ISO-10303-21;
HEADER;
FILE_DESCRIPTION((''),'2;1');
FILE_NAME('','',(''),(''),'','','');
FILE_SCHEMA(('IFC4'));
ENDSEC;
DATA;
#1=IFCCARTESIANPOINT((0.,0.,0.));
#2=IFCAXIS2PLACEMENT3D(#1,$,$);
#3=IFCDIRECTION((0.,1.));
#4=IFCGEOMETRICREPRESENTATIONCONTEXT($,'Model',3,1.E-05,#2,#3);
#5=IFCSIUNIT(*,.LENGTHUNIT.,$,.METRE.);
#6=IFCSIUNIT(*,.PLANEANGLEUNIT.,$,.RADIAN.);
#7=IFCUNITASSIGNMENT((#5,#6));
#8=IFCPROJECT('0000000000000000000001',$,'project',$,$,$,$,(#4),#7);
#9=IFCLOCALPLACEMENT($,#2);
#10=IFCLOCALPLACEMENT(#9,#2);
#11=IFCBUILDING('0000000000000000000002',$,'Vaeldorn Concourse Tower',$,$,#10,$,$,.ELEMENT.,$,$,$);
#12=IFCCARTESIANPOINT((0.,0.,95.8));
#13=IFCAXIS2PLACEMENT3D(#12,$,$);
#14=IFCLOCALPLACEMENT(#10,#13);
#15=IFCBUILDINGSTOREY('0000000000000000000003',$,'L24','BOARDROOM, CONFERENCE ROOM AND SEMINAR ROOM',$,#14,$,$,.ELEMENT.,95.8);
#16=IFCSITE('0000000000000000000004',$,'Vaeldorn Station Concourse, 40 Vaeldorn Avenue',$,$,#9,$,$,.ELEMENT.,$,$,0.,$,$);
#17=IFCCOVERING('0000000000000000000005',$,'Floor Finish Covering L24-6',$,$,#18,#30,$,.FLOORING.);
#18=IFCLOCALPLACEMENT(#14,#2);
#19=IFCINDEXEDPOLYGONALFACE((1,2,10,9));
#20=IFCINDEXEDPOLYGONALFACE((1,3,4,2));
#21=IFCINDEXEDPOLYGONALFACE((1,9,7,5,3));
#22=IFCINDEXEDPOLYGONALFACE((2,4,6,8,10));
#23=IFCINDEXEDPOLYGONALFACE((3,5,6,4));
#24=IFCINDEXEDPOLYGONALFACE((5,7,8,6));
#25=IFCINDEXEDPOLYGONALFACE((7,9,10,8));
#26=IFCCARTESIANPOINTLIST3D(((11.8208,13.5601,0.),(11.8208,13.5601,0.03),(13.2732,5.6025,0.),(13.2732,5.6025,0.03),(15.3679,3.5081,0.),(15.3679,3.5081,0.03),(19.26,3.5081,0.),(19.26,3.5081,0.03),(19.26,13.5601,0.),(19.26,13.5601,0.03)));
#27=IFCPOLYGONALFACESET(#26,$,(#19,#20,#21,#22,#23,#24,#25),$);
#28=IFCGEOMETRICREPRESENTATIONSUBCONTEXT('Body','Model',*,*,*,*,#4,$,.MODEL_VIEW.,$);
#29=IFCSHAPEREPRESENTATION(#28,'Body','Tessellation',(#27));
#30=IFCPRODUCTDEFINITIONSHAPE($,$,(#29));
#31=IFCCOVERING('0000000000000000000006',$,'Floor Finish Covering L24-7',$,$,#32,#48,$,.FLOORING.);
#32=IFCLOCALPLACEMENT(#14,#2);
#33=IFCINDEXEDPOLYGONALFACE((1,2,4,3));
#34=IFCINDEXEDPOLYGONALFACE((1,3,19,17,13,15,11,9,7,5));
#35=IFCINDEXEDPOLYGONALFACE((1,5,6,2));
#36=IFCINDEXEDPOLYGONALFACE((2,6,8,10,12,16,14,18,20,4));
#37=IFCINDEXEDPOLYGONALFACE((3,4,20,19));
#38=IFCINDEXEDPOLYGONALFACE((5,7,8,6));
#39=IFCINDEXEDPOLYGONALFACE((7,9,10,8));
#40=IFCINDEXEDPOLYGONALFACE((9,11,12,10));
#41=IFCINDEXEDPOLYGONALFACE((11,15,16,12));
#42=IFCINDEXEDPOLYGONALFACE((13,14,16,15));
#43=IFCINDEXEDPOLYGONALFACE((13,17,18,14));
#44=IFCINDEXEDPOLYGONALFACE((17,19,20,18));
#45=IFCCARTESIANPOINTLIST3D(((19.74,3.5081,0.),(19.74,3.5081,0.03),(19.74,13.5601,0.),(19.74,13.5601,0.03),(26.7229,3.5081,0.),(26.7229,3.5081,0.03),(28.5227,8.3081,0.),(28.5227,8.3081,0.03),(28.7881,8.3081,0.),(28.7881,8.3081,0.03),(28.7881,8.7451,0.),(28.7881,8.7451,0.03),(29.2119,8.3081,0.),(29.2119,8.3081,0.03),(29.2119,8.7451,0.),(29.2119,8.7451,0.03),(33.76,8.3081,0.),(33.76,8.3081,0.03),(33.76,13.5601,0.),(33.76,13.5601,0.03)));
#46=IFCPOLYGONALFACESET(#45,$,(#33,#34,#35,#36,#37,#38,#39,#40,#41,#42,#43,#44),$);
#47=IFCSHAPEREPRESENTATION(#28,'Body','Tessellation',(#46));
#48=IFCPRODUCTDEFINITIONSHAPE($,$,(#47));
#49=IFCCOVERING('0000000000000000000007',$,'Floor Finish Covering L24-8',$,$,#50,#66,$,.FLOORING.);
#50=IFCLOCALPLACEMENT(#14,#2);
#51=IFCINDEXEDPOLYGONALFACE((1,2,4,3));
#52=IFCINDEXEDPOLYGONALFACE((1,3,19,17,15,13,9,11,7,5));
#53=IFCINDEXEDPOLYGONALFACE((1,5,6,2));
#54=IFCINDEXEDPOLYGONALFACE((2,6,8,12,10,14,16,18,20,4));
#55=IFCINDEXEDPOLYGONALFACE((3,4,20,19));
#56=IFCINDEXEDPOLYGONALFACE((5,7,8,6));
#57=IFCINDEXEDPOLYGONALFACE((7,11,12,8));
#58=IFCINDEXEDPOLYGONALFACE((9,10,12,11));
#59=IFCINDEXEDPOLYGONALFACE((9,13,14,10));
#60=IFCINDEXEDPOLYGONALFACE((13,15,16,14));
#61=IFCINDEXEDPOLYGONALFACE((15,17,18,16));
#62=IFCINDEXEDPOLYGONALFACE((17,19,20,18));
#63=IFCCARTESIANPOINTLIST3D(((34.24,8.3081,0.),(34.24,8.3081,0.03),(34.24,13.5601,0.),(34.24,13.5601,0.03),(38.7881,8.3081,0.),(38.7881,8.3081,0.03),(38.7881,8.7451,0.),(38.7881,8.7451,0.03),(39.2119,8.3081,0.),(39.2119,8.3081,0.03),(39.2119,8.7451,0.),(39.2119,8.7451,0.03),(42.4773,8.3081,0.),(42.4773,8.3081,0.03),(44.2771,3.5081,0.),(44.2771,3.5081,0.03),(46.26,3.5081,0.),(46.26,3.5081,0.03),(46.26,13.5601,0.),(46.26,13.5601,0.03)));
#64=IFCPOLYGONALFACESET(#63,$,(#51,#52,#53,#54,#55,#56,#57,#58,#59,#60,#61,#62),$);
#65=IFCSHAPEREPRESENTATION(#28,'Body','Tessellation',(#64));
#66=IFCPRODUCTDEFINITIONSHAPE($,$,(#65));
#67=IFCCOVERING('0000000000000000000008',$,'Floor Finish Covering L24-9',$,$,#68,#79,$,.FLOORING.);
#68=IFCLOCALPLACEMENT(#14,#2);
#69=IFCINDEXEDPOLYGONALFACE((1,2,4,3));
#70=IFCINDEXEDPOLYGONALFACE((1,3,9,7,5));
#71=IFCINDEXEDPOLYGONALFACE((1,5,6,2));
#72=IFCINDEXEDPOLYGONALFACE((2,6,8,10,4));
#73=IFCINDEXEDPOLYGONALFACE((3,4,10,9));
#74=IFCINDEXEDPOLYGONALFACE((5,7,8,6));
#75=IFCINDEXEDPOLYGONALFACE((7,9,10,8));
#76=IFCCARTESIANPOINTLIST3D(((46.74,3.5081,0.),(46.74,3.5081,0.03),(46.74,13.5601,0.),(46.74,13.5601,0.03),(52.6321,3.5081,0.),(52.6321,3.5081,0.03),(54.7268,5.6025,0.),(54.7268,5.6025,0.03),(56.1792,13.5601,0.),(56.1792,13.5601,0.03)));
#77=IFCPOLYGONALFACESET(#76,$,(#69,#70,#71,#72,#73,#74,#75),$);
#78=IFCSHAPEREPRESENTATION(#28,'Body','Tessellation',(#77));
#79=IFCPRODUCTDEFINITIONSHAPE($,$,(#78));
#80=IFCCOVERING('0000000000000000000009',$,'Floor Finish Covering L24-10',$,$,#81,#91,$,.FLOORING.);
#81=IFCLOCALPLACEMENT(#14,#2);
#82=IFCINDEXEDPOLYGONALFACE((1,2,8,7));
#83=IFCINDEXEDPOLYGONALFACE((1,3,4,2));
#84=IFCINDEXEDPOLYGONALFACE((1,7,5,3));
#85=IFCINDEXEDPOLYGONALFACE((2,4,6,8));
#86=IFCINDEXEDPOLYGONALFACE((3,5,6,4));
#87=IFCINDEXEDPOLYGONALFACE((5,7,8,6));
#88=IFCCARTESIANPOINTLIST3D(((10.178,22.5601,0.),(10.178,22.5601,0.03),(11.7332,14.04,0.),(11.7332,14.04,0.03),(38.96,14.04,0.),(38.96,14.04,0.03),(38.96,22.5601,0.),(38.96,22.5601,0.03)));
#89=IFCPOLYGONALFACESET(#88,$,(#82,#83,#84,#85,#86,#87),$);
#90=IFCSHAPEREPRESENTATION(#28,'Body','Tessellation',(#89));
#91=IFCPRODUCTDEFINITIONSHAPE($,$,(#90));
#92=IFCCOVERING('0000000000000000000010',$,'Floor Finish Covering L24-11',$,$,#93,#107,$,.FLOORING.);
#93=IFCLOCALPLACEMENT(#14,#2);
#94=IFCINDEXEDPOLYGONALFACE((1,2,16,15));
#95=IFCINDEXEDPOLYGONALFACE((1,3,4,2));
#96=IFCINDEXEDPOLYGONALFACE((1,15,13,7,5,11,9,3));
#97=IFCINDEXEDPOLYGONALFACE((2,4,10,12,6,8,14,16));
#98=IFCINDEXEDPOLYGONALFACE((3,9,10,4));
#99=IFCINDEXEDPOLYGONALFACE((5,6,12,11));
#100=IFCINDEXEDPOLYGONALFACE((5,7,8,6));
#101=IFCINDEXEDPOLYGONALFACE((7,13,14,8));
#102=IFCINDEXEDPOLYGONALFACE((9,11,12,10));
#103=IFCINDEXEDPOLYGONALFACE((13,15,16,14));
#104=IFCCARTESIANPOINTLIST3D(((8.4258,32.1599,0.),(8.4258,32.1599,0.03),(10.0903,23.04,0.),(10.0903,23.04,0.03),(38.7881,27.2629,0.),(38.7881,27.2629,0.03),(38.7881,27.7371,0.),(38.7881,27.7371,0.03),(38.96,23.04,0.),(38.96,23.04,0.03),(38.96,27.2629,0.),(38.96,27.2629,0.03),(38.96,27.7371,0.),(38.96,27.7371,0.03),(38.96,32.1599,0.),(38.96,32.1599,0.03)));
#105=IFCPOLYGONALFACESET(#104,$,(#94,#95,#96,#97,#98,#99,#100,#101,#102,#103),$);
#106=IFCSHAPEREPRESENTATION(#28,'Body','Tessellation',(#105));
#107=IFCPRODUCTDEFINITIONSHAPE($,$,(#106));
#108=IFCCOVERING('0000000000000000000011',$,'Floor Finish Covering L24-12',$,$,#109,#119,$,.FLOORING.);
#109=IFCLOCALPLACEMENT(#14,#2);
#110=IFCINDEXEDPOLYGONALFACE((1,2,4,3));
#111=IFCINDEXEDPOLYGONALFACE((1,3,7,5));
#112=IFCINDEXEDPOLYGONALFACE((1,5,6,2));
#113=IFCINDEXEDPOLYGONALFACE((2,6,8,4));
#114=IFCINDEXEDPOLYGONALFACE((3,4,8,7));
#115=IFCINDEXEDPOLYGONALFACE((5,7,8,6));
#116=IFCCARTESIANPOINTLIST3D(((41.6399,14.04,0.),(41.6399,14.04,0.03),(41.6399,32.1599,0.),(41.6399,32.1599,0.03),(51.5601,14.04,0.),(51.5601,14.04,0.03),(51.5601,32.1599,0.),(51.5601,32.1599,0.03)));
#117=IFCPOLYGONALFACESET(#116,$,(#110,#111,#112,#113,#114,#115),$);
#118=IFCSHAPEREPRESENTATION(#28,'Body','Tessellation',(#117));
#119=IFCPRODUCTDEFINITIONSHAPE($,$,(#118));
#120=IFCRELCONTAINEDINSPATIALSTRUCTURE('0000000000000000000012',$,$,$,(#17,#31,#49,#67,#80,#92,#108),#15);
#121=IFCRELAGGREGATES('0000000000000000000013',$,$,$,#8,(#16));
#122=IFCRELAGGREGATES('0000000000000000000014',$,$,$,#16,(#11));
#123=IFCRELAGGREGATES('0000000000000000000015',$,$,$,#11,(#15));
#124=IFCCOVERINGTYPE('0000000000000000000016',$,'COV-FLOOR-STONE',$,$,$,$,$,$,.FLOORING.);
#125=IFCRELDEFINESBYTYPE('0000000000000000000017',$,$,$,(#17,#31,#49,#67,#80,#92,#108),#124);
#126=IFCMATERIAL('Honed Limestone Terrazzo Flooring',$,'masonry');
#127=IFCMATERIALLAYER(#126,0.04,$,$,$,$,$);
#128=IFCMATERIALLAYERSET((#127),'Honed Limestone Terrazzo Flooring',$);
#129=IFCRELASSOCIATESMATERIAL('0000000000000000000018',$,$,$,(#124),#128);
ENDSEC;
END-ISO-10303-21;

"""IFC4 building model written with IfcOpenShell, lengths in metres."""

from ifc_helpers import new_model, si_unit, direction, frame, origin, place, context, subcontext, project, spatial, polyline, outline, extrude, material, layer, layer_set, type_object, element, save


model = new_model("IFC4")

# Units and contexts
model_context = context("Model", 3, precision=1e-05, world=origin(), true_north=direction((0.0, 1.0)))
body_context = subcontext(model_context, "Body", "Model", "MODEL_VIEW")
ifc_project = project(units=[si_unit("LENGTHUNIT", "METRE"), si_unit("PLANEANGLEUNIT", "RADIAN")], contexts=[model_context])

# Site, building, storey
site_placement = place(None, origin())
site = spatial("IfcSite", under=ifc_project, at=site_placement, Name="Vaeldorn Station Concourse, 40 Vaeldorn Avenue", CompositionType="ELEMENT", RefElevation=0.0)
building_placement = place(site_placement, origin())
building = spatial("IfcBuilding", under=site, at=building_placement, Name="Vaeldorn Concourse Tower", CompositionType="ELEMENT")
storey_placement = place(building_placement, frame((0.0, 0.0, 95.8)))
storey = spatial("IfcBuildingStorey", under=building, at=storey_placement, Name="L24", Description="BOARDROOM, CONFERENCE ROOM AND SEMINAR ROOM", CompositionType="ELEMENT", Elevation=95.8)

# Coverings
ifc_material_1 = material(Name="Honed Limestone Terrazzo Flooring", Category="masonry")
ifc_layer_1 = layer(ifc_material_1, 0.04)
ifc_layer_set_1 = layer_set([ifc_layer_1], Name="Honed Limestone Terrazzo Flooring")
covering_type_1 = type_object("IfcCoveringType", Name="COV-FLOOR-STONE", PredefinedType="FLOORING", material=ifc_layer_set_1)
covering_1_placement = place(storey_placement, origin())
element("IfcCovering", 1, at=covering_1_placement, inside=storey, type_object=covering_type_1, Name="Floor Finish Covering L24-6", PredefinedType="FLOORING", context=body_context, shape_type="SweptSolid", body=[
    extrude(outline(polyline([(19.26, 13.5601), (19.26, 3.5081), (15.3679, 3.5081), (13.2732, 5.6025), (11.8208, 13.5601), (19.26, 13.5601)])), origin(), (0.0, 0.0, 1.0), 0.03),
])
covering_2_placement = place(storey_placement, origin())
element("IfcCovering", 2, at=covering_2_placement, inside=storey, type_object=covering_type_1, Name="Floor Finish Covering L24-7", PredefinedType="FLOORING", context=body_context, shape_type="SweptSolid", body=[
    extrude(outline(polyline([(26.7229, 3.5081), (19.74, 3.5081), (19.74, 13.5601), (33.76, 13.5601), (33.76, 8.3081), (29.2119, 8.3081), (29.2119, 8.7451), (28.7881, 8.7451), (28.7881, 8.3081), (28.5227, 8.3081), (26.7229, 3.5081)])), origin(), (0.0, 0.0, 1.0), 0.03),
])
covering_3_placement = place(storey_placement, origin())
element("IfcCovering", 3, at=covering_3_placement, inside=storey, type_object=covering_type_1, Name="Floor Finish Covering L24-8", PredefinedType="FLOORING", context=body_context, shape_type="SweptSolid", body=[
    extrude(outline(polyline([(34.24, 13.5601), (46.26, 13.5601), (46.26, 3.5081), (44.2771, 3.5081), (42.4773, 8.3081), (39.2119, 8.3081), (39.2119, 8.7451), (38.7881, 8.7451), (38.7881, 8.3081), (34.24, 8.3081), (34.24, 13.5601)])), origin(), (0.0, 0.0, 1.0), 0.03),
])
covering_4_placement = place(storey_placement, origin())
element("IfcCovering", 4, at=covering_4_placement, inside=storey, type_object=covering_type_1, Name="Floor Finish Covering L24-9", PredefinedType="FLOORING", context=body_context, shape_type="SweptSolid", body=[
    extrude(outline(polyline([(52.6321, 3.5081), (46.74, 3.5081), (46.74, 13.5601), (56.1792, 13.5601), (54.7268, 5.6025), (52.6321, 3.5081)])), origin(), (0.0, 0.0, 1.0), 0.03),
])
covering_5_placement = place(storey_placement, origin())
element("IfcCovering", 5, at=covering_5_placement, inside=storey, type_object=covering_type_1, Name="Floor Finish Covering L24-10", PredefinedType="FLOORING", context=body_context, shape_type="SweptSolid", body=[
    extrude(outline(polyline([(38.96, 22.5601), (38.96, 14.04), (11.7332, 14.04), (10.178, 22.5601), (38.96, 22.5601)])), origin(), (0.0, 0.0, 1.0), 0.03),
])
covering_6_placement = place(storey_placement, origin())
element("IfcCovering", 6, at=covering_6_placement, inside=storey, type_object=covering_type_1, Name="Floor Finish Covering L24-11", PredefinedType="FLOORING", context=body_context, shape_type="SweptSolid", body=[
    extrude(outline(polyline([(38.96, 32.1599), (38.96, 27.7371), (38.7881, 27.7371), (38.7881, 27.2629), (38.96, 27.2629), (38.96, 23.04), (10.0903, 23.04), (8.4258, 32.1599), (38.96, 32.1599)])), origin(), (0.0, 0.0, 1.0), 0.03),
])
covering_7_placement = place(storey_placement, origin())
element("IfcCovering", 7, at=covering_7_placement, inside=storey, type_object=covering_type_1, Name="Floor Finish Covering L24-12", PredefinedType="FLOORING", context=body_context, shape_type="SweptSolid", body=[
    extrude(outline(polyline([(41.6399, 32.1599), (51.5601, 32.1599), (51.5601, 14.04), (41.6399, 14.04), (41.6399, 32.1599)])), origin(), (0.0, 0.0, 1.0), 0.03),
])

save(model, "model.ifc")
